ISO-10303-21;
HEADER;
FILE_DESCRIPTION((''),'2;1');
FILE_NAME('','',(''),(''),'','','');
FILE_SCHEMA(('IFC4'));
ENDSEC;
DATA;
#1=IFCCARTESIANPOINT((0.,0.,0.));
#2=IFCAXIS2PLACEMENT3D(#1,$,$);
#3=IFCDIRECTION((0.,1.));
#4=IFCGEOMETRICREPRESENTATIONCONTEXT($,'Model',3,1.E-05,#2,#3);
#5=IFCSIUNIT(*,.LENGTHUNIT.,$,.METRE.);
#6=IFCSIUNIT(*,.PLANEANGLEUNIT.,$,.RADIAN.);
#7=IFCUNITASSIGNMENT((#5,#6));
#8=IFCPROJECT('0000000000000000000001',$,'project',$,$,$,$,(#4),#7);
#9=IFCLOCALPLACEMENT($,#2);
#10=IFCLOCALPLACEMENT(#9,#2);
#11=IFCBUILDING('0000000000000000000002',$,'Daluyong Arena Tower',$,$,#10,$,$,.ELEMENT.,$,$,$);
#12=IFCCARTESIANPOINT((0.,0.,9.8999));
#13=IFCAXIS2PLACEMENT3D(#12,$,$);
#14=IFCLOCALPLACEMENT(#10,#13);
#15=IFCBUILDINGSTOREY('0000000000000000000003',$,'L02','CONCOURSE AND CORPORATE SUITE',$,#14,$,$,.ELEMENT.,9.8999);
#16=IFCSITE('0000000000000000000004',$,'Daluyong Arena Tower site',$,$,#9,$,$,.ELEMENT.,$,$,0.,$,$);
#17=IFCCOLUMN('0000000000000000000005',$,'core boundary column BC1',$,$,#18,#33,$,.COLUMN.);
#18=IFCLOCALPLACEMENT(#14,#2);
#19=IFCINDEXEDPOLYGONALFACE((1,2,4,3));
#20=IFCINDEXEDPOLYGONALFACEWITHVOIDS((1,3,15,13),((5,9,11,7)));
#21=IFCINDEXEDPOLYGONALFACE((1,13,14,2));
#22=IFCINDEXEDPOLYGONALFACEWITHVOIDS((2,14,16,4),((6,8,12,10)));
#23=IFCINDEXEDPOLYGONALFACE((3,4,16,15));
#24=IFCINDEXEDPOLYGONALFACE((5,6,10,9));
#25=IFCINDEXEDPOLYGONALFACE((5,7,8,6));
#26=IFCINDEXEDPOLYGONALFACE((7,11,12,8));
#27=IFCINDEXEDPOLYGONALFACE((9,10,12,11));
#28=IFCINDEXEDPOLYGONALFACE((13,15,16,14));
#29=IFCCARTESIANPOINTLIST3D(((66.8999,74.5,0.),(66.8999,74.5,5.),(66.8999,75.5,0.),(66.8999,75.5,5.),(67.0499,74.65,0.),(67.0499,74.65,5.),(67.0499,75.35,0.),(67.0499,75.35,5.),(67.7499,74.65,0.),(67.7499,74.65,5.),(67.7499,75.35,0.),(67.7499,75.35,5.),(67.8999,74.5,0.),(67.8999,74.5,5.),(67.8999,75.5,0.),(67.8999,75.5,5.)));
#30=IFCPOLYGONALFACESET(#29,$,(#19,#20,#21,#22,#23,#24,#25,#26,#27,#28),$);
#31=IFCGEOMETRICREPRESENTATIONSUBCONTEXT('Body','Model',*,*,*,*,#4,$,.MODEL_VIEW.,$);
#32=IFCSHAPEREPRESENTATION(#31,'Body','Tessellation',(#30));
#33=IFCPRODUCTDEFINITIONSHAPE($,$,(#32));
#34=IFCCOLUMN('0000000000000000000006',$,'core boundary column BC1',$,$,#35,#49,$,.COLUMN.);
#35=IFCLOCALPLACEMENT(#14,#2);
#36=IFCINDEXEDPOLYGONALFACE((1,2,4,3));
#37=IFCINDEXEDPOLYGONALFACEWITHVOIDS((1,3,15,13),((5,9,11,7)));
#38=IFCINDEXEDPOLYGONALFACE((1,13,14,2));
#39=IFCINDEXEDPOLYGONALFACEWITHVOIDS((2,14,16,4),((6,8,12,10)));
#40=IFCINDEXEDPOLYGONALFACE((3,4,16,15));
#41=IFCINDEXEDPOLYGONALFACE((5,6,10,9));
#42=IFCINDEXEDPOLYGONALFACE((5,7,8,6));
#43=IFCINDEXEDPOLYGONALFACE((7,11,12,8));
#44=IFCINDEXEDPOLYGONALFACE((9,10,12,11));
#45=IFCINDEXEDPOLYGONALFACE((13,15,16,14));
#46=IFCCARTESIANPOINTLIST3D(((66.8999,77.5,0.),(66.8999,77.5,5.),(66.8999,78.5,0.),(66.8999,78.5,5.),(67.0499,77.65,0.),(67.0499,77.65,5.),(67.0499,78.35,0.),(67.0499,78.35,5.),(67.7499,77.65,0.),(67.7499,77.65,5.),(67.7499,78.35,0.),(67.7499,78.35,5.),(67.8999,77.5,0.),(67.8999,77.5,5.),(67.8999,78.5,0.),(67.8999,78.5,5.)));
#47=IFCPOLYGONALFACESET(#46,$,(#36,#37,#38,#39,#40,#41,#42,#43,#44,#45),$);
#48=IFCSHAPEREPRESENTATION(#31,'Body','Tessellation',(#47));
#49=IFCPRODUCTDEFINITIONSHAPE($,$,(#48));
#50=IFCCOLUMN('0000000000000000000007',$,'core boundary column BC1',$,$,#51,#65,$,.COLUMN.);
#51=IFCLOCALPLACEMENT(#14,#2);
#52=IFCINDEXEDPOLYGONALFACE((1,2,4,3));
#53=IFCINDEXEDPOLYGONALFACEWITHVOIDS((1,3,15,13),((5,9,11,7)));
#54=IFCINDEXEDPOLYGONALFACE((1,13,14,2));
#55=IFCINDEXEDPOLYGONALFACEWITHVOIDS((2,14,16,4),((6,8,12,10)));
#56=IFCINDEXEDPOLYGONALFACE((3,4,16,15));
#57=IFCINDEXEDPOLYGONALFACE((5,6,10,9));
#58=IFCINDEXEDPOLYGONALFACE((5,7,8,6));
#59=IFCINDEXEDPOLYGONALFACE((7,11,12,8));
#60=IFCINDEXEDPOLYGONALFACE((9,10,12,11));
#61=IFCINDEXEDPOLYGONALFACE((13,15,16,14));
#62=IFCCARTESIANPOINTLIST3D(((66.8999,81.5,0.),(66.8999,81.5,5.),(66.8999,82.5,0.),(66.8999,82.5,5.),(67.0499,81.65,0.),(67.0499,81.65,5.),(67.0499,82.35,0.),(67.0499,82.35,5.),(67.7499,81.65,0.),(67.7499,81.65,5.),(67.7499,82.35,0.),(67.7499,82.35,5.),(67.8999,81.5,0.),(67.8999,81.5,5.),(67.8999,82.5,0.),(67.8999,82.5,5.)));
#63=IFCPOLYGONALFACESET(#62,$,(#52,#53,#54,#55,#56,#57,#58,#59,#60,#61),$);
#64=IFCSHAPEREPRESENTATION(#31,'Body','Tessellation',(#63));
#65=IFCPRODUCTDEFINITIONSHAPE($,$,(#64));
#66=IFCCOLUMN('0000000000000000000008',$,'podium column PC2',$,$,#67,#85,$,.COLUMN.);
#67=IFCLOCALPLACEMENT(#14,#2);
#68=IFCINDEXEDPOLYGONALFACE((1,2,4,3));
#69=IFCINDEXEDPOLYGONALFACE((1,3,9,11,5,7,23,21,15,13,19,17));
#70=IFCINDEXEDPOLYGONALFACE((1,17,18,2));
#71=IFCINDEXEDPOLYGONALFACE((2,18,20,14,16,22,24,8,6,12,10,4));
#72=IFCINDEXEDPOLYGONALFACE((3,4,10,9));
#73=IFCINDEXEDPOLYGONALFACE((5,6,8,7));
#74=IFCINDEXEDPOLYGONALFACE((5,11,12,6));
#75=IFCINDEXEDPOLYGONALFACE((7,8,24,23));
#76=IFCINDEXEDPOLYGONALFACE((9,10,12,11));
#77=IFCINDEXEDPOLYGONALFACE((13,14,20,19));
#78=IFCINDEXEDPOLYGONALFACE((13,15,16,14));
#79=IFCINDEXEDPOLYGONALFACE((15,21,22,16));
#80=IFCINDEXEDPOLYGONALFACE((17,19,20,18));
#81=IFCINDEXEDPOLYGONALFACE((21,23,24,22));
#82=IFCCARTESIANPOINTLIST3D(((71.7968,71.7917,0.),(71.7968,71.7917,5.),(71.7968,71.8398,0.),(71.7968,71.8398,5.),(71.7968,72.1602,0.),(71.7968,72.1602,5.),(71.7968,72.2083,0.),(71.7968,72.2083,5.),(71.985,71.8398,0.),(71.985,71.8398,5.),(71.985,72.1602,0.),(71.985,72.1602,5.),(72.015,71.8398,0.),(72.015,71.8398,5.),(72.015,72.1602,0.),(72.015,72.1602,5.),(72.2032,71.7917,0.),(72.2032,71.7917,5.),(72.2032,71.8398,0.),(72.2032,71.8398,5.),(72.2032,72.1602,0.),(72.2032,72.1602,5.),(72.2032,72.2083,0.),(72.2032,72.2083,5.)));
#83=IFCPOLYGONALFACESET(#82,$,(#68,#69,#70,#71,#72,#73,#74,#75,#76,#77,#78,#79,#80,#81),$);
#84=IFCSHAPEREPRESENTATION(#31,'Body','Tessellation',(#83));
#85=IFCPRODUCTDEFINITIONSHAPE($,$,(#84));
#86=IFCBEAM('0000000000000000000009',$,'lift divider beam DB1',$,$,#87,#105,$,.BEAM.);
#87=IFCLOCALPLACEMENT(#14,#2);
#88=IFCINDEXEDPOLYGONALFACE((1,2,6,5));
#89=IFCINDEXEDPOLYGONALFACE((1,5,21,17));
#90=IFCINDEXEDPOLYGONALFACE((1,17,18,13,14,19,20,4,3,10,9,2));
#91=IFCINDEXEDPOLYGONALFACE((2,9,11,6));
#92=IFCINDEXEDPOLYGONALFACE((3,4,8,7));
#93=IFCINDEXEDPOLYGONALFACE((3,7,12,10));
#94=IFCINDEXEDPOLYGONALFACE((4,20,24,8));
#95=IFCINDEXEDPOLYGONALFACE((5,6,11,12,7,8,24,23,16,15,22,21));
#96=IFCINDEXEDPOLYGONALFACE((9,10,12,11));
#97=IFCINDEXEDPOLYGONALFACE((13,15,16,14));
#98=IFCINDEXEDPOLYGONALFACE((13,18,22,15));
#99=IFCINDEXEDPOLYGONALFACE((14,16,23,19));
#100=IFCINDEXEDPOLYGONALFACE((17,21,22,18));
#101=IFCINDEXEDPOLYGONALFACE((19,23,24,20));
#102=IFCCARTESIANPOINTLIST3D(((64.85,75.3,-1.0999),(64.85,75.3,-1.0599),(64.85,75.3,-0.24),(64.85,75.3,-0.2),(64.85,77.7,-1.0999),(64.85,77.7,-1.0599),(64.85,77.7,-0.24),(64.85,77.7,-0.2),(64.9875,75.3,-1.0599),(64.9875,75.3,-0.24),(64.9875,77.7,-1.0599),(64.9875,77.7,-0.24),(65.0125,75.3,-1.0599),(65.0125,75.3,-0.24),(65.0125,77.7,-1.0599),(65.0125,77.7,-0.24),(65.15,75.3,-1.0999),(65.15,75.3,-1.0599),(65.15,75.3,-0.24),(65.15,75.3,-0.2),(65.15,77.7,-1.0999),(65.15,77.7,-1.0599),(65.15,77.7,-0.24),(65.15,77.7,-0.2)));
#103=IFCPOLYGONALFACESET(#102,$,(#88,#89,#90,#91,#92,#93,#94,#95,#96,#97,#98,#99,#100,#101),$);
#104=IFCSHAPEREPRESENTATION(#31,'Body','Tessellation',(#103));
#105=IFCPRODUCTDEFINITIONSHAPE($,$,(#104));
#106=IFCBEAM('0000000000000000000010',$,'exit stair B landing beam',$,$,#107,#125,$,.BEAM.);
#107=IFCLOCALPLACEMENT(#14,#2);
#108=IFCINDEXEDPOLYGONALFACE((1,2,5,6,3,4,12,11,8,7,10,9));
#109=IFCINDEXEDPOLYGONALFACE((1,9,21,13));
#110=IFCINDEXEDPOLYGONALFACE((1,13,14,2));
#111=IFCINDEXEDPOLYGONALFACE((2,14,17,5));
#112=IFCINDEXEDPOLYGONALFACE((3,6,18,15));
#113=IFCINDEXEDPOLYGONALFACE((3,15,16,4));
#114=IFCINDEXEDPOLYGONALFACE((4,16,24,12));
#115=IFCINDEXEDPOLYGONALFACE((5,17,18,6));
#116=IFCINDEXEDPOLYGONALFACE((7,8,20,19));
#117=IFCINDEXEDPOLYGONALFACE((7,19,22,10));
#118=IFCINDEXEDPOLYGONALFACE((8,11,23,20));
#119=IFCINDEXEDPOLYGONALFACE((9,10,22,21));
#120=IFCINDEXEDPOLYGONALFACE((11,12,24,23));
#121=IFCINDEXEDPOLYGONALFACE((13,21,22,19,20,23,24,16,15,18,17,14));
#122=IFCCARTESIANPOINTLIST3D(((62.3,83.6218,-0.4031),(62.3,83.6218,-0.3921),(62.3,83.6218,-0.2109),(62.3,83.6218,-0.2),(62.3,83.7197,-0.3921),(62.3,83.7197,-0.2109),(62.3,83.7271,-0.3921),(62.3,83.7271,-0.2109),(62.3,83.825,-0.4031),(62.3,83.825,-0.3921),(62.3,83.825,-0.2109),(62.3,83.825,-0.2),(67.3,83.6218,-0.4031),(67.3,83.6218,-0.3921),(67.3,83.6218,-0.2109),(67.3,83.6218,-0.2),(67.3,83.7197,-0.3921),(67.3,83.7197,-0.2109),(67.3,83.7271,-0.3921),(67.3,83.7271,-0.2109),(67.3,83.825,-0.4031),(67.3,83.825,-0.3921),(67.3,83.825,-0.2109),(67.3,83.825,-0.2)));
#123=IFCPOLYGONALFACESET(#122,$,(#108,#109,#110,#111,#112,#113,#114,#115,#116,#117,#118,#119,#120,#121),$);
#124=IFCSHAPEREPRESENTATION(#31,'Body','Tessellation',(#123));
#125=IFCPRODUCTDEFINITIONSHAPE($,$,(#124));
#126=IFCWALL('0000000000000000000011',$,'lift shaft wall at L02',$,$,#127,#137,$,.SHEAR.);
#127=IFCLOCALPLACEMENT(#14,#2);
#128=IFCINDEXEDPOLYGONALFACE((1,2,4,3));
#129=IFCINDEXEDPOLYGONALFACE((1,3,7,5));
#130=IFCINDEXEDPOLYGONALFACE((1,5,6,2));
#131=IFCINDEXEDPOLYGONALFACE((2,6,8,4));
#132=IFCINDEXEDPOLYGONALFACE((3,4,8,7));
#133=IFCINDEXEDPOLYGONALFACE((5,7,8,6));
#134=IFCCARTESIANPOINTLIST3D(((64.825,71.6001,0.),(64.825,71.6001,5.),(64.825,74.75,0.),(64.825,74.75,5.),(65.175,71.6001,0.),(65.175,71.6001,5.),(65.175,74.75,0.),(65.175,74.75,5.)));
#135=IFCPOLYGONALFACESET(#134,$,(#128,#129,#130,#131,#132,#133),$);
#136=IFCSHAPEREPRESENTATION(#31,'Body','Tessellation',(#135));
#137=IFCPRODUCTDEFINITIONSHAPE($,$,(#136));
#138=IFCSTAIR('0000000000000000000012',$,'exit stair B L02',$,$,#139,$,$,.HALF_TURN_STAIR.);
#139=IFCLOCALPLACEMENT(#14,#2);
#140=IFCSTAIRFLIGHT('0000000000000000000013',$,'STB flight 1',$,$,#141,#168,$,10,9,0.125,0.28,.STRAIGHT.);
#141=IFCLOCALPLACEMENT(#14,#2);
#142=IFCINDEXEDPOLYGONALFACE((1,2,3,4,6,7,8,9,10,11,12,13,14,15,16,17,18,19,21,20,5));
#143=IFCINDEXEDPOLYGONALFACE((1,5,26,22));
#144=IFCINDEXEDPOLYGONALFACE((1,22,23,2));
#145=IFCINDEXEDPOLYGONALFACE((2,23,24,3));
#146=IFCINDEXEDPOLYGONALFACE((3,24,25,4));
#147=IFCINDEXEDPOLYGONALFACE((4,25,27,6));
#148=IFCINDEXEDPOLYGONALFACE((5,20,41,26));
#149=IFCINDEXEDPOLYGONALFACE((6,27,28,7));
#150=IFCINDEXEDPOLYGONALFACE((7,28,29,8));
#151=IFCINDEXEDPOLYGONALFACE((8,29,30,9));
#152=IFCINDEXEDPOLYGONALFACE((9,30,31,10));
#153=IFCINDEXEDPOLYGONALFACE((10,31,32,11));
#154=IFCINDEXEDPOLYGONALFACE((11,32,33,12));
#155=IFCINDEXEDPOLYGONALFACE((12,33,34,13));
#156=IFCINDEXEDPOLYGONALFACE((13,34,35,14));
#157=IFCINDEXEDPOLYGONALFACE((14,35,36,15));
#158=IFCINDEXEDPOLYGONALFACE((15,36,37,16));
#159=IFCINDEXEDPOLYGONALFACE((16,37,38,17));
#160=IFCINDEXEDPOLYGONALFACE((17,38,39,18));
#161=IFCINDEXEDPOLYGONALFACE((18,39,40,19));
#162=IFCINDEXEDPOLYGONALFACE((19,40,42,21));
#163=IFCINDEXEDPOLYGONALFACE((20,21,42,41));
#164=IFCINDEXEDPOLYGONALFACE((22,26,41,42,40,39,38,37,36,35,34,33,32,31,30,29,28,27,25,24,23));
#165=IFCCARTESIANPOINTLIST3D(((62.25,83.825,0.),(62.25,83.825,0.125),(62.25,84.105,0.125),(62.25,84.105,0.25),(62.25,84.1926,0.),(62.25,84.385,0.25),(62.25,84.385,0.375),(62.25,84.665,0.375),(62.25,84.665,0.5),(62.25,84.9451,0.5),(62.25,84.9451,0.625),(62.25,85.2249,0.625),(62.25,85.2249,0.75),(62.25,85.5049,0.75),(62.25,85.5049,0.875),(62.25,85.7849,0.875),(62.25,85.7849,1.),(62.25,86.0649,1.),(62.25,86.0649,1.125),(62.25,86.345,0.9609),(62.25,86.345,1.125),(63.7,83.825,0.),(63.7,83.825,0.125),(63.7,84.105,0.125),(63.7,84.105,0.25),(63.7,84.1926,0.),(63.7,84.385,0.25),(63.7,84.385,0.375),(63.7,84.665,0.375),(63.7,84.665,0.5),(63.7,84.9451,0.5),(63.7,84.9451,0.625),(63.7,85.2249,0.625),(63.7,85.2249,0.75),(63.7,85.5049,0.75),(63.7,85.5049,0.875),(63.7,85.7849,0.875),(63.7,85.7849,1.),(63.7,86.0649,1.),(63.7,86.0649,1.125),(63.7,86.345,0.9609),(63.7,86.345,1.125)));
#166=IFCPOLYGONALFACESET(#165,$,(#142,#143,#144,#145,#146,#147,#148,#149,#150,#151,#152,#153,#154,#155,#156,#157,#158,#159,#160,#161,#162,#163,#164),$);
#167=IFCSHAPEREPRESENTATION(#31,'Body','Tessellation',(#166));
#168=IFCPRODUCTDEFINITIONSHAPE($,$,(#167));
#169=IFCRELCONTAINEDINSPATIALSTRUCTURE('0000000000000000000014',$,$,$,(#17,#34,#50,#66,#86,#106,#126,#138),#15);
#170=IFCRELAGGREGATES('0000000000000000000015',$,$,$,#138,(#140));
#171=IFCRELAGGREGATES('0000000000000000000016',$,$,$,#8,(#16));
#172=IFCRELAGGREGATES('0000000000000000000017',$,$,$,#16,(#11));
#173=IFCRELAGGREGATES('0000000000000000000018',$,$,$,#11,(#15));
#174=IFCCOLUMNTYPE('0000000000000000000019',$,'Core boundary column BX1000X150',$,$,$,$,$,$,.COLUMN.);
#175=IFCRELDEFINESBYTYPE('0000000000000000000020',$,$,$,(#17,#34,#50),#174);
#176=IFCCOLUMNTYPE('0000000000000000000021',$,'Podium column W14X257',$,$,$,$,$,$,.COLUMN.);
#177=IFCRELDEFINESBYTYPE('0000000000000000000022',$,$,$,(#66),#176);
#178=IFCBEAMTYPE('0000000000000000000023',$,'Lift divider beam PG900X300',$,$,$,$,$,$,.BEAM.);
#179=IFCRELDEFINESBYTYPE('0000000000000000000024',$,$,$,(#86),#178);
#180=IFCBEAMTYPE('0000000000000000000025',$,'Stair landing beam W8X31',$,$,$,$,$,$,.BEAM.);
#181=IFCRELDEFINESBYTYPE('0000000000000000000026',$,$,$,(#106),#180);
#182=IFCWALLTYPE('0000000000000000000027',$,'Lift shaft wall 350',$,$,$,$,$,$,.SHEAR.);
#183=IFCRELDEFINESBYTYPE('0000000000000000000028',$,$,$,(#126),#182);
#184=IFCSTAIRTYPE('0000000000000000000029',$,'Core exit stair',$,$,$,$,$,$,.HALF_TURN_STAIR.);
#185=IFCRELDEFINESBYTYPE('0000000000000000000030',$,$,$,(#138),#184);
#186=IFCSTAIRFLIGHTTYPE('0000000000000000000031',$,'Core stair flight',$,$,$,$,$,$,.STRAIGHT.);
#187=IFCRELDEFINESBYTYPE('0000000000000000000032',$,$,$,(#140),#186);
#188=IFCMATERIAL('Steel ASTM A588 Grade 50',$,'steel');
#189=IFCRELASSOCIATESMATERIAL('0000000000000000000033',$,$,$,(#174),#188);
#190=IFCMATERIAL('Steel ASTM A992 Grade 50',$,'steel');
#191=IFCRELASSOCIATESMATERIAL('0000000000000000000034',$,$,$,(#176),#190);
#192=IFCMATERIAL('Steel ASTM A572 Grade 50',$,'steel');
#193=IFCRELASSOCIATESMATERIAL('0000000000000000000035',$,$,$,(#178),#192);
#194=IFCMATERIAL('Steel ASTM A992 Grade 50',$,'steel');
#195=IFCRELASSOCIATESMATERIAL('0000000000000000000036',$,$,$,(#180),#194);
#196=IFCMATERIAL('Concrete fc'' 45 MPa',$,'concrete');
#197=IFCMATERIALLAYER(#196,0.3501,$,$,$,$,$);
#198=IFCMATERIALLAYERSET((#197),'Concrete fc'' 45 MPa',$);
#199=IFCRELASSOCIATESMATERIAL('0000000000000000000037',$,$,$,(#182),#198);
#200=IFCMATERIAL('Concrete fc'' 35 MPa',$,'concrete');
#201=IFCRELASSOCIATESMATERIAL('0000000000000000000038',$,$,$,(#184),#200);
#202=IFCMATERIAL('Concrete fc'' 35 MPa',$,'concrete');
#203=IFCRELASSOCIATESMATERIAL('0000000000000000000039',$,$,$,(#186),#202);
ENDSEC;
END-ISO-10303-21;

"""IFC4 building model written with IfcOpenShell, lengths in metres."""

from ifc_helpers import new_model, si_unit, direction, frame, frame_2d, origin, origin_2d, place, context, subcontext, project, spatial, polyline, rectangle, hollow_rectangle, i_section, outline, extrude, material, layer, layer_set, material_profile, profile_set, type_object, element, aggregate, save


model = new_model("IFC4")

# Units and contexts
model_context = context("Model", 3, precision=1e-05, world=origin(), true_north=direction((0.0, 1.0)))
body_context = subcontext(model_context, "Body", "Model", "MODEL_VIEW")
ifc_project = project(units=[si_unit("LENGTHUNIT", "METRE"), si_unit("PLANEANGLEUNIT", "RADIAN")], contexts=[model_context])

# Site, building, storey
site_placement = place(None, origin())
site = spatial("IfcSite", under=ifc_project, at=site_placement, Name="Daluyong Arena Tower site", CompositionType="ELEMENT", RefElevation=0.0)
building_placement = place(site_placement, origin())
building = spatial("IfcBuilding", under=site, at=building_placement, Name="Daluyong Arena Tower", CompositionType="ELEMENT")
storey_placement = place(building_placement, frame((0.0, 0.0, 9.8999)))
storey = spatial("IfcBuildingStorey", under=building, at=storey_placement, Name="L02", Description="CONCOURSE AND CORPORATE SUITE", CompositionType="ELEMENT", Elevation=9.8999)

# Columns
ifc_material_1 = material(Name="Steel ASTM A588 Grade 50", Category="steel")
ifc_material_profile_1 = material_profile(ifc_material_1, hollow_rectangle(XDim=1.0, YDim=1.0, WallThickness=0.15, at=origin_2d()))
ifc_profile_set_1 = profile_set([ifc_material_profile_1], Name="Steel ASTM A588 Grade 50")
column_type_1 = type_object("IfcColumnType", Name="Core boundary column BX1000X150", PredefinedType="COLUMN", material=ifc_profile_set_1)
for number, where, z_axis, x_axis, name in (
    (1, (67.3999, 75.0, 0.0), (0.0, 0.0, 1.0), (1.0, 0.0, 0.0), "core boundary column BC1"),
    (2, (67.3999, 78.0, 0.0), (0.0, 0.0, 1.0), (1.0, 0.0, 0.0), "core boundary column BC1"),
    (3, (67.3999, 82.0, 0.0), (0.0, 0.0, 1.0), (1.0, 0.0, 0.0), "core boundary column BC1"),
):
    element("IfcColumn", number, at=place(storey_placement, frame(where, z_axis=z_axis, x_axis=x_axis)), inside=storey, type_object=column_type_1, Name=name, PredefinedType="COLUMN", context=body_context, shape_type="SweptSolid", body=[
        extrude(hollow_rectangle(XDim=1.0, YDim=1.0, WallThickness=0.15, at=origin_2d()), origin(), (0.0, 0.0, 1.0), 5.0),
    ])
ifc_material_2 = material(Name="Steel ASTM A992 Grade 50", Category="steel")
ifc_material_profile_2 = material_profile(ifc_material_2, i_section(OverallWidth=0.4065, OverallDepth=0.4165, WebThickness=0.03, FlangeThickness=0.0481, at=origin_2d()))
ifc_profile_set_2 = profile_set([ifc_material_profile_2], Name="Steel ASTM A992 Grade 50")
column_type_2 = type_object("IfcColumnType", Name="Podium column W14X257", PredefinedType="COLUMN", material=ifc_profile_set_2)
column_placement = place(storey_placement, frame((72.0, 72.0, 0.0), z_axis=(0.0, 0.0, 1.0), x_axis=(1.0, 0.0, 0.0)))
element("IfcColumn", 4, at=column_placement, inside=storey, type_object=column_type_2, Name="podium column PC2", PredefinedType="COLUMN", context=body_context, shape_type="SweptSolid", body=[
    extrude(i_section(OverallWidth=0.4065, OverallDepth=0.4165, WebThickness=0.03, FlangeThickness=0.0481, at=origin_2d()), origin(), (0.0, 0.0, 1.0), 5.0),
])

# Beams
ifc_material_3 = material(Name="Steel ASTM A572 Grade 50", Category="steel")
ifc_material_profile_3 = material_profile(ifc_material_3, i_section(OverallWidth=0.3, OverallDepth=0.8999, WebThickness=0.025, FlangeThickness=0.04, at=origin_2d()))
ifc_profile_set_3 = profile_set([ifc_material_profile_3], Name="Steel ASTM A572 Grade 50")
beam_type_1 = type_object("IfcBeamType", Name="Lift divider beam PG900X300", PredefinedType="BEAM", material=ifc_profile_set_3)
beam_1_placement = place(storey_placement, frame((65.0, 75.3, -0.6499), z_axis=(0.0, 1.0, 0.0), x_axis=(-1.0, 0.0, 0.0)))
element("IfcBeam", 5, at=beam_1_placement, inside=storey, type_object=beam_type_1, Name="lift divider beam DB1", PredefinedType="BEAM", context=body_context, shape_type="SweptSolid", body=[
    extrude(i_section(OverallWidth=0.3, OverallDepth=0.8999, WebThickness=0.025, FlangeThickness=0.04, at=origin_2d()), origin(), (0.0, 0.0, 1.0), 2.3999),
])
ifc_material_4 = material(Name="Steel ASTM A992 Grade 50", Category="steel")
ifc_material_profile_4 = material_profile(ifc_material_4, i_section(OverallWidth=0.2031, OverallDepth=0.2031, WebThickness=0.0073, FlangeThickness=0.011, at=origin_2d()))
ifc_profile_set_4 = profile_set([ifc_material_profile_4], Name="Steel ASTM A992 Grade 50")
beam_type_2 = type_object("IfcBeamType", Name="Stair landing beam W8X31", PredefinedType="BEAM", material=ifc_profile_set_4)
beam_2_placement = place(storey_placement, frame((62.3, 83.7234, -0.3015), z_axis=(1.0, 0.0, 0.0), x_axis=(0.0, 1.0, 0.0)))
element("IfcBeam", 6, at=beam_2_placement, inside=storey, type_object=beam_type_2, Name="exit stair B landing beam", PredefinedType="BEAM", context=body_context, shape_type="SweptSolid", body=[
    extrude(i_section(OverallWidth=0.2031, OverallDepth=0.2031, WebThickness=0.0073, FlangeThickness=0.011, at=origin_2d()), origin(), (0.0, 0.0, 1.0), 5.0),
])

# Wall
ifc_material_5 = material(Name="Concrete fc' 45 MPa", Category="concrete")
ifc_layer_1 = layer(ifc_material_5, 0.3501)
ifc_layer_set_1 = layer_set([ifc_layer_1], Name="Concrete fc' 45 MPa")
wall_type_1 = type_object("IfcWallType", Name="Lift shaft wall 350", PredefinedType="SHEAR", material=ifc_layer_set_1)
wall_1_placement = place(storey_placement, frame((65.0, 71.6001, 0.0), z_axis=(0.0, 0.0, 1.0), x_axis=(0.0, 1.0, 0.0)))
element("IfcWall", 7, at=wall_1_placement, inside=storey, type_object=wall_type_1, Name="lift shaft wall at L02", PredefinedType="SHEAR", context=body_context, shape_type="SweptSolid", body=[
    extrude(rectangle(XDim=3.1499, YDim=0.3501, at=frame_2d((1.575, 0.0))), origin(), (0.0, 0.0, 1.0), 5.0),
])

# Stair, stair flight
ifc_material_6 = material(Name="Concrete fc' 35 MPa", Category="concrete")
stair_type = type_object("IfcStairType", Name="Core exit stair", PredefinedType="HALF_TURN_STAIR", material=ifc_material_6)
stair_placement = place(storey_placement, origin())
stair = element("IfcStair", 8, at=stair_placement, inside=storey, type_object=stair_type, Name="exit stair B L02", PredefinedType="HALF_TURN_STAIR")
ifc_material_7 = material(Name="Concrete fc' 35 MPa", Category="concrete")
stair_flight_type = type_object("IfcStairFlightType", Name="Core stair flight", PredefinedType="STRAIGHT", material=ifc_material_7)
stair_flight_1_placement = place(storey_placement, frame((62.9751, 83.825, 0.0), z_axis=(0.0, 0.0, 1.0), x_axis=(0.0, 1.0, 0.0)))
stair_flight_1 = element("IfcStairFlight", 9, at=stair_flight_1_placement, type_object=stair_flight_type, Name="STB flight 1", NumberOfRisers=10, NumberOfTreads=9, PredefinedType="STRAIGHT", RiserHeight=0.125, TreadLength=0.28, context=body_context, shape_type="SweptSolid", body=[
    extrude(outline(polyline([(0.0, 0.0), (0.0, 0.125), (0.28, 0.125), (0.28, 0.25), (0.5601, 0.25), (0.5601, 0.375), (0.8401, 0.375), (0.8401, 0.5), (1.1201, 0.5), (1.1201, 0.625), (1.3999, 0.625), (1.3999, 0.75), (1.6799, 0.75), (1.6799, 0.875), (1.96, 0.875), (1.96, 1.0), (2.24, 1.0), (2.24, 1.125), (2.52, 1.125), (2.52, 1.25), (2.52, 0.9609), (0.3677, 0.0), (0.0, 0.0)])), frame((0.0, 0.7251, 0.0), z_axis=(0.0, -1.0, 0.0), x_axis=(1.0, 0.0, 0.0)), (0.0, 0.0, 1.0), 1.45),
])
aggregate(stair, [stair_flight_1])

save(model, "model.ifc")
